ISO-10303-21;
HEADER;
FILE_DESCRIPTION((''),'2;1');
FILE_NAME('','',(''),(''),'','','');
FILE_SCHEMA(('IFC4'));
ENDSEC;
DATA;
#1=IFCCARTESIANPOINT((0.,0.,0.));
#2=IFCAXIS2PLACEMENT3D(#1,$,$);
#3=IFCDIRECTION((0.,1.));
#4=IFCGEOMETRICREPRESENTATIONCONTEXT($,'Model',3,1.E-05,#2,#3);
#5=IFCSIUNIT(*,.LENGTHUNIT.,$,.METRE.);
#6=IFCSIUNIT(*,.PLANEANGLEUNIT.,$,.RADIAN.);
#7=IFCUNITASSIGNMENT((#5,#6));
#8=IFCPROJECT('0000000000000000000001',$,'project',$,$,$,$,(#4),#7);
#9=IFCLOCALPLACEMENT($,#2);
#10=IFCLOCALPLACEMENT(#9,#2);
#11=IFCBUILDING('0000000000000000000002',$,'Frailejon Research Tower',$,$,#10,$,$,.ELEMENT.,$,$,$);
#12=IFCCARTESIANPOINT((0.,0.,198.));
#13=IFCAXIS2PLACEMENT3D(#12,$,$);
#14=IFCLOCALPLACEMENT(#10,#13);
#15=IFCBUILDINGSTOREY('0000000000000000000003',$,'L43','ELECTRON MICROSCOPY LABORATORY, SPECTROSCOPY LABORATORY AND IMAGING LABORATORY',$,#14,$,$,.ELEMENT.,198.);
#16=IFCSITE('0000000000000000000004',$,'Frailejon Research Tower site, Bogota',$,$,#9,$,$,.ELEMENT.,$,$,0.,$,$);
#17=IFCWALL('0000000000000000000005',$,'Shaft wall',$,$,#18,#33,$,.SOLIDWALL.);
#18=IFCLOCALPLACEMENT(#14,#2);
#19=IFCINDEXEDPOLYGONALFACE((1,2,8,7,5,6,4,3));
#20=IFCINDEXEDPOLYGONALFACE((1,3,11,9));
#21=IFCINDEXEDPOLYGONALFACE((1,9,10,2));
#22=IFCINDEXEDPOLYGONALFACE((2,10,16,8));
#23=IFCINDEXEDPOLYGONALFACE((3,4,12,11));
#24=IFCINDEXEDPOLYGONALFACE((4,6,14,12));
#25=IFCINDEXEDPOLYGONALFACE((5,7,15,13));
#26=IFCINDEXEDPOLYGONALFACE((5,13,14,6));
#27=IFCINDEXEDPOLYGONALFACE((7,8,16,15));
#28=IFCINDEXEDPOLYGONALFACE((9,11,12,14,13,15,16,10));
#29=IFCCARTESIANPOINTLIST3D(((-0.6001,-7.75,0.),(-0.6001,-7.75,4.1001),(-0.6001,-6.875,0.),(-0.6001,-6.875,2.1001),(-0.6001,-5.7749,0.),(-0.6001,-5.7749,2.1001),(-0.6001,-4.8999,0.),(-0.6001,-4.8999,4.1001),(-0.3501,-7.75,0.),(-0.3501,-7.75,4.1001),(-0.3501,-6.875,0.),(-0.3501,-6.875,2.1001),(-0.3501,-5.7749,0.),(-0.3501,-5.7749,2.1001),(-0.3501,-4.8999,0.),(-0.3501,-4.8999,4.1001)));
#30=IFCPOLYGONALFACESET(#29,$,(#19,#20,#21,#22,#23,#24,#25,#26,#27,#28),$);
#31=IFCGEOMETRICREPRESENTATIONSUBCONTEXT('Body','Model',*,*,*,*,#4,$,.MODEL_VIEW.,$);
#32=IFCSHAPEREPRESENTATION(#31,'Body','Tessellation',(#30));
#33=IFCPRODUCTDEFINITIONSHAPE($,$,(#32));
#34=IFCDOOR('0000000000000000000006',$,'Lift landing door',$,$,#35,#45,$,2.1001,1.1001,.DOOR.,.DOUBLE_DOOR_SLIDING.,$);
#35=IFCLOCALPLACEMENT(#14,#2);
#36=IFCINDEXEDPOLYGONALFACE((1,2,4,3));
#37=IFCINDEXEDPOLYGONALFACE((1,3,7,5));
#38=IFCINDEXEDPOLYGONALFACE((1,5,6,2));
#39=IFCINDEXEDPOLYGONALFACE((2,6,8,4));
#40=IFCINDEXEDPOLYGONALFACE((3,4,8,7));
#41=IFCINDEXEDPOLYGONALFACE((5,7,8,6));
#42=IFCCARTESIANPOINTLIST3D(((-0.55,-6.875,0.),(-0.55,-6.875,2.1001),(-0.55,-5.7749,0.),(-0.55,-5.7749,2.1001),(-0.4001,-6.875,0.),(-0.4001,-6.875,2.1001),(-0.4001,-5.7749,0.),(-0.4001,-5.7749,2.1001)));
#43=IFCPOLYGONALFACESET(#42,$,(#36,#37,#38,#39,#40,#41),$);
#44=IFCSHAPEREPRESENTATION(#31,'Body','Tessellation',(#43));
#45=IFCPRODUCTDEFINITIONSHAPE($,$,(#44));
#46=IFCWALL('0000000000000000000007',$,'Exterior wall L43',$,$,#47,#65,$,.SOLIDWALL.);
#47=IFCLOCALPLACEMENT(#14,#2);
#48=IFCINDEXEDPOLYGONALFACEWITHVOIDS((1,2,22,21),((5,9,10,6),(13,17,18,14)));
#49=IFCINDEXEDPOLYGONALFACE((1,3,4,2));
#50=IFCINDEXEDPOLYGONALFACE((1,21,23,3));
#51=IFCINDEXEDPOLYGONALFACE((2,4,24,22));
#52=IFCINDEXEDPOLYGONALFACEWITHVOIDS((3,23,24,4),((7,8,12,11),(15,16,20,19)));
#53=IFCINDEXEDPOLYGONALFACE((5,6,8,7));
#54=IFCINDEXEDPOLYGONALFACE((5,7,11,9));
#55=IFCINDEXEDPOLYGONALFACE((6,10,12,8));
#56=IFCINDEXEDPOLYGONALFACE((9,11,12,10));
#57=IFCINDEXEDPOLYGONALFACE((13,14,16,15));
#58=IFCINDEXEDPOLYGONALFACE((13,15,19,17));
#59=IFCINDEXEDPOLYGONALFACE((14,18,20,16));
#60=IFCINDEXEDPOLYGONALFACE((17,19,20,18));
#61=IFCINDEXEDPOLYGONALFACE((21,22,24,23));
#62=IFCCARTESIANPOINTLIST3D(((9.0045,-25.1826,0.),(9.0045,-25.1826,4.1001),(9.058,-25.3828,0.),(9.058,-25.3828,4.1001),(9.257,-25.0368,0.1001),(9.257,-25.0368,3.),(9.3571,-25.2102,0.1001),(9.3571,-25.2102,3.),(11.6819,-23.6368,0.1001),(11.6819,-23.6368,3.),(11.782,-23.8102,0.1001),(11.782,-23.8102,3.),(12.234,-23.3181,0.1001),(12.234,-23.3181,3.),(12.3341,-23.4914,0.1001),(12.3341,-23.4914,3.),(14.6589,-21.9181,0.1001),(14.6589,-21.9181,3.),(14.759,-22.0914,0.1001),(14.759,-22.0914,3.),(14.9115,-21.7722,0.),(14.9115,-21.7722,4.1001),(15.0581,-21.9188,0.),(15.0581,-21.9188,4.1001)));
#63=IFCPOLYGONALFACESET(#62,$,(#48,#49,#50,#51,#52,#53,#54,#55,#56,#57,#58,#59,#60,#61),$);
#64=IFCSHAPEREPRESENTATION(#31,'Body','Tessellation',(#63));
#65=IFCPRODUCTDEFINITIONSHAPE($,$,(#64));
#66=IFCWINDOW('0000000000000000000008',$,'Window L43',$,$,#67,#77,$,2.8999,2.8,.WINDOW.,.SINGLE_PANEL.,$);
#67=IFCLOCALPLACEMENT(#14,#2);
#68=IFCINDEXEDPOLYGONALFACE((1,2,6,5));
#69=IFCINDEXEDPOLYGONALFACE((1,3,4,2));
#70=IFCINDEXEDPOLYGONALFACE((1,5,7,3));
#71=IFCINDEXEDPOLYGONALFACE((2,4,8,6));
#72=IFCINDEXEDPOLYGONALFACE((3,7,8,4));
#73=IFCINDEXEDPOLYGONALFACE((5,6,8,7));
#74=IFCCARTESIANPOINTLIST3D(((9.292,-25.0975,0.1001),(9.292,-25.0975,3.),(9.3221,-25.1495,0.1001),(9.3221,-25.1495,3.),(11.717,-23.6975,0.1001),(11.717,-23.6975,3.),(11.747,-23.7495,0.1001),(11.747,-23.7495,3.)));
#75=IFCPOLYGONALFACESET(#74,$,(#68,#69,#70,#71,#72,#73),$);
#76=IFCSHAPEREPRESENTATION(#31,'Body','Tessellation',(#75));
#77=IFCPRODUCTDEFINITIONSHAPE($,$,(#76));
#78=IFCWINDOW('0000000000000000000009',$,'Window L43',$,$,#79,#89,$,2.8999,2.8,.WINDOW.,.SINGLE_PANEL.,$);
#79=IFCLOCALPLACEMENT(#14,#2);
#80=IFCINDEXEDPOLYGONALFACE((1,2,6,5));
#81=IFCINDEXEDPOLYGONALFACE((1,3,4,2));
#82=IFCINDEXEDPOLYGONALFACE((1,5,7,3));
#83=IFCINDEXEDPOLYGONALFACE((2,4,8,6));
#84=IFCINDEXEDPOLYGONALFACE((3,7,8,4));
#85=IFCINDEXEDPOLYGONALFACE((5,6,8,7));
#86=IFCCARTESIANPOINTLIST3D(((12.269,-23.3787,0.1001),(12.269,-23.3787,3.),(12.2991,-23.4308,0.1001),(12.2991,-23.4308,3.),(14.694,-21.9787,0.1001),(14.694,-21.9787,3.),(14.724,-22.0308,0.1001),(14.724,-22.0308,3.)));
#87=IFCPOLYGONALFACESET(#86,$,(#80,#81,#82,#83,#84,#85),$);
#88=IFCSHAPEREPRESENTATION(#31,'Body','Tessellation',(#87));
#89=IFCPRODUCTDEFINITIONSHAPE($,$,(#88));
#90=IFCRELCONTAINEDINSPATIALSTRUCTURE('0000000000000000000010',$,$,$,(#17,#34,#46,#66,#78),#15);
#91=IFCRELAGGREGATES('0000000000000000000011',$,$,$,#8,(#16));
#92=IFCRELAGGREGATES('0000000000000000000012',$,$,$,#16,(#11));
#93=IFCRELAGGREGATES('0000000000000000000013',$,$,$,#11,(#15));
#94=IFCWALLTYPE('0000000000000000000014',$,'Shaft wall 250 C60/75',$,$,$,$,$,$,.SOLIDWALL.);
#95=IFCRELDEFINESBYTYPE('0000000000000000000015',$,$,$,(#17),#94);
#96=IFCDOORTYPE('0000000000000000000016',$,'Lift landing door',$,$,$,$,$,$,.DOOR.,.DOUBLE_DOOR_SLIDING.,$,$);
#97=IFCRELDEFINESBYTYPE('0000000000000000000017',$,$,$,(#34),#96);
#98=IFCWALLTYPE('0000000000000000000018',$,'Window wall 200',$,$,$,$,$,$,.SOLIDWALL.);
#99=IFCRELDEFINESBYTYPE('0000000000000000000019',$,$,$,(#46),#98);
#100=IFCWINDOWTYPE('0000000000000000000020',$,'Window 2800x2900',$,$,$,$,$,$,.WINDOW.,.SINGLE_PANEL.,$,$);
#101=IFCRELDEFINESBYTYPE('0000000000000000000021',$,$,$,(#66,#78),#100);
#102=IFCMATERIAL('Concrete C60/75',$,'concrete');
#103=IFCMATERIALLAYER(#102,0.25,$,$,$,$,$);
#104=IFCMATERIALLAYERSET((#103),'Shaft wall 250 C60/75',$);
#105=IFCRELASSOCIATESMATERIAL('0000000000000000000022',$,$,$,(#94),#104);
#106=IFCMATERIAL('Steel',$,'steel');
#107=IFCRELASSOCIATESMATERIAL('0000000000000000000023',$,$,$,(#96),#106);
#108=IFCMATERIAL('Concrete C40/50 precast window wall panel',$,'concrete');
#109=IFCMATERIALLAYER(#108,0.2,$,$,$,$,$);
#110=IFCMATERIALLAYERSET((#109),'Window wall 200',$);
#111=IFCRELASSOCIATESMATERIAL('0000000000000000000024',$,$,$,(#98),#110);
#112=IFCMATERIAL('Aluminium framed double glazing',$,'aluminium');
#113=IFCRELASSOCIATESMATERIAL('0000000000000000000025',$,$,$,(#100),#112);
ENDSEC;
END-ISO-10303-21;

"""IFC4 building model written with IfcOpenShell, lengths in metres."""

from ifc_helpers import new_model, si_unit, direction, frame, frame_2d, origin, place, context, subcontext, project, spatial, polyline, rectangle, outline, extrude, material, layer, layer_set, type_object, element, fill, save


model = new_model("IFC4")

# Units and contexts
model_context = context("Model", 3, precision=1e-05, world=origin(), true_north=direction((0.0, 1.0)))
body_context = subcontext(model_context, "Body", "Model", "MODEL_VIEW")
ifc_project = project(units=[si_unit("LENGTHUNIT", "METRE"), si_unit("PLANEANGLEUNIT", "RADIAN")], contexts=[model_context])

# Site, building, storey
site_placement = place(None, origin())
site = spatial("IfcSite", under=ifc_project, at=site_placement, Name="Frailejon Research Tower site, Bogota", CompositionType="ELEMENT", RefElevation=0.0)
building_placement = place(site_placement, origin())
building = spatial("IfcBuilding", under=site, at=building_placement, Name="Frailejon Research Tower", CompositionType="ELEMENT")
storey_placement = place(building_placement, frame((0.0, 0.0, 198.0)))
storey = spatial("IfcBuildingStorey", under=building, at=storey_placement, Name="L43", Description="ELECTRON MICROSCOPY LABORATORY, SPECTROSCOPY LABORATORY AND IMAGING LABORATORY", CompositionType="ELEMENT", Elevation=198.0)

# Wall, opening, door
ifc_material_1 = material(Name="Concrete C60/75", Category="concrete")
ifc_layer_1 = layer(ifc_material_1, 0.25)
ifc_layer_set_1 = layer_set([ifc_layer_1], Name="Shaft wall 250 C60/75")
wall_type_1 = type_object("IfcWallType", Name="Shaft wall 250 C60/75", PredefinedType="SOLIDWALL", material=ifc_layer_set_1)
wall_1_placement = place(storey_placement, frame((-0.4751, -7.75, 0.0), z_axis=(0.0, 0.0, 1.0), x_axis=(0.0, 1.0, 0.0)))
wall_1 = element("IfcWall", 1, at=wall_1_placement, inside=storey, type_object=wall_type_1, Name="Shaft wall", PredefinedType="SOLIDWALL", context=body_context, shape_type="SweptSolid", body=[
    extrude(rectangle(XDim=2.8501, YDim=0.25, at=frame_2d((1.425, 0.0))), origin(), (0.0, 0.0, 1.0), 4.1001),
])
opening_1_placement = place(wall_1_placement, frame((0.875, 0.0, 0.0)))
opening_1 = element("IfcOpeningElement", 2, at=opening_1_placement, cuts=wall_1, PredefinedType="OPENING", context=body_context, shape_type="SweptSolid", body=[
    extrude(rectangle(XDim=1.1001, YDim=2.1001, at=frame_2d((0.55, 1.05))), frame((0.0, 0.135, 0.0), z_axis=(0.0, -1.0, 0.0), x_axis=(1.0, 0.0, 0.0)), (0.0, 0.0, 1.0), 0.27),
])
ifc_material_2 = material(Name="Steel", Category="steel")
door_type = type_object("IfcDoorType", Name="Lift landing door", OperationType="DOUBLE_DOOR_SLIDING", PredefinedType="DOOR", material=ifc_material_2)
door_placement = place(opening_1_placement, origin())
door = element("IfcDoor", 3, at=door_placement, inside=storey, type_object=door_type, Name="Lift landing door", OperationType="DOUBLE_DOOR_SLIDING", OverallHeight=2.1001, OverallWidth=1.1001, PredefinedType="DOOR", context=body_context, shape_type="SweptSolid", body=[
    extrude(rectangle(XDim=1.1001, YDim=2.1001, at=frame_2d((0.55, 1.05))), frame((0.0, 0.075, 0.0), z_axis=(0.0, -1.0, 0.0), x_axis=(1.0, 0.0, 0.0)), (0.0, 0.0, 1.0), 0.1499),
])
fill(opening_1, door)

# Wall, openings, windows
ifc_material_3 = material(Name="Concrete C40/50 precast window wall panel", Category="concrete")
ifc_layer_2 = layer(ifc_material_3, 0.2)
ifc_layer_set_2 = layer_set([ifc_layer_2], Name="Window wall 200")
wall_type_2 = type_object("IfcWallType", Name="Window wall 200", PredefinedType="SOLIDWALL", material=ifc_layer_set_2)
wall_2_placement = place(storey_placement, frame((9.0312, -25.2827, 0.0), z_axis=(0.0, 0.0, 1.0), x_axis=(0.866029, 0.499993, 0.0)))
wall_2 = element("IfcWall", 4, at=wall_2_placement, inside=storey, type_object=wall_type_2, Name="Exterior wall L43", PredefinedType="SOLIDWALL", context=body_context, shape_type="SweptSolid", body=[
    extrude(outline(polyline([(-0.0269, -0.1001), (1.1279, -0.1001), (2.2825, -0.1001), (3.4373, -0.1001), (4.592, -0.1001), (5.7466, -0.1001), (6.9014, -0.1001), (6.8477, 0.1001), (5.7109, 0.1001), (4.574, 0.1001), (3.4373, 0.1001), (2.3005, 0.1001), (1.1636, 0.1001), (0.0269, 0.1001), (-0.0269, -0.1001)])), origin(), (0.0, 0.0, 1.0), 4.1001),
])
opening_2_placement = place(wall_2_placement, frame((0.3186, 0.0, 0.1001)))
opening_2 = element("IfcOpeningElement", 5, at=opening_2_placement, cuts=wall_2, PredefinedType="OPENING", context=body_context, shape_type="SweptSolid", body=[
    extrude(rectangle(XDim=2.8, YDim=2.8999, at=frame_2d((1.3999, 1.45))), frame((0.0, 0.1099, 0.0), z_axis=(0.0, -1.0, 0.0), x_axis=(1.0, 0.0, 0.0)), (0.0, 0.0, 1.0), 0.22),
])
opening_3_placement = place(wall_2_placement, frame((3.7561, 0.0, 0.1001)))
opening_3 = element("IfcOpeningElement", 6, at=opening_3_placement, cuts=wall_2, PredefinedType="OPENING", context=body_context, shape_type="SweptSolid", body=[
    extrude(rectangle(XDim=2.8, YDim=2.8999, at=frame_2d((1.3999, 1.45))), frame((0.0, 0.1099, 0.0), z_axis=(0.0, -1.0, 0.0), x_axis=(1.0, 0.0, 0.0)), (0.0, 0.0, 1.0), 0.22),
])
ifc_material_4 = material(Name="Aluminium framed double glazing", Category="aluminium")
window_type = type_object("IfcWindowType", Name="Window 2800x2900", PartitioningType="SINGLE_PANEL", PredefinedType="WINDOW", material=ifc_material_4)
window_1_placement = place(opening_2_placement, origin())
window_1 = element("IfcWindow", 7, at=window_1_placement, inside=storey, type_object=window_type, Name="Window L43", OverallHeight=2.8999, OverallWidth=2.8, PartitioningType="SINGLE_PANEL", PredefinedType="WINDOW", context=body_context, shape_type="SweptSolid", body=[
    extrude(rectangle(XDim=2.8, YDim=2.8999, at=frame_2d((1.3999, 1.45))), frame((0.0, 0.03, 0.0), z_axis=(0.0, -1.0, 0.0), x_axis=(1.0, 0.0, 0.0)), (0.0, 0.0, 1.0), 0.0601),
])
fill(opening_2, window_1)
window_2_placement = place(opening_3_placement, origin())
window_2 = element("IfcWindow", 8, at=window_2_placement, inside=storey, type_object=window_type, Name="Window L43", OverallHeight=2.8999, OverallWidth=2.8, PartitioningType="SINGLE_PANEL", PredefinedType="WINDOW", context=body_context, shape_type="SweptSolid", body=[
    extrude(rectangle(XDim=2.8, YDim=2.8999, at=frame_2d((1.3999, 1.45))), frame((0.0, 0.03, 0.0), z_axis=(0.0, -1.0, 0.0), x_axis=(1.0, 0.0, 0.0)), (0.0, 0.0, 1.0), 0.0601),
])
fill(opening_3, window_2)

save(model, "model.ifc")
